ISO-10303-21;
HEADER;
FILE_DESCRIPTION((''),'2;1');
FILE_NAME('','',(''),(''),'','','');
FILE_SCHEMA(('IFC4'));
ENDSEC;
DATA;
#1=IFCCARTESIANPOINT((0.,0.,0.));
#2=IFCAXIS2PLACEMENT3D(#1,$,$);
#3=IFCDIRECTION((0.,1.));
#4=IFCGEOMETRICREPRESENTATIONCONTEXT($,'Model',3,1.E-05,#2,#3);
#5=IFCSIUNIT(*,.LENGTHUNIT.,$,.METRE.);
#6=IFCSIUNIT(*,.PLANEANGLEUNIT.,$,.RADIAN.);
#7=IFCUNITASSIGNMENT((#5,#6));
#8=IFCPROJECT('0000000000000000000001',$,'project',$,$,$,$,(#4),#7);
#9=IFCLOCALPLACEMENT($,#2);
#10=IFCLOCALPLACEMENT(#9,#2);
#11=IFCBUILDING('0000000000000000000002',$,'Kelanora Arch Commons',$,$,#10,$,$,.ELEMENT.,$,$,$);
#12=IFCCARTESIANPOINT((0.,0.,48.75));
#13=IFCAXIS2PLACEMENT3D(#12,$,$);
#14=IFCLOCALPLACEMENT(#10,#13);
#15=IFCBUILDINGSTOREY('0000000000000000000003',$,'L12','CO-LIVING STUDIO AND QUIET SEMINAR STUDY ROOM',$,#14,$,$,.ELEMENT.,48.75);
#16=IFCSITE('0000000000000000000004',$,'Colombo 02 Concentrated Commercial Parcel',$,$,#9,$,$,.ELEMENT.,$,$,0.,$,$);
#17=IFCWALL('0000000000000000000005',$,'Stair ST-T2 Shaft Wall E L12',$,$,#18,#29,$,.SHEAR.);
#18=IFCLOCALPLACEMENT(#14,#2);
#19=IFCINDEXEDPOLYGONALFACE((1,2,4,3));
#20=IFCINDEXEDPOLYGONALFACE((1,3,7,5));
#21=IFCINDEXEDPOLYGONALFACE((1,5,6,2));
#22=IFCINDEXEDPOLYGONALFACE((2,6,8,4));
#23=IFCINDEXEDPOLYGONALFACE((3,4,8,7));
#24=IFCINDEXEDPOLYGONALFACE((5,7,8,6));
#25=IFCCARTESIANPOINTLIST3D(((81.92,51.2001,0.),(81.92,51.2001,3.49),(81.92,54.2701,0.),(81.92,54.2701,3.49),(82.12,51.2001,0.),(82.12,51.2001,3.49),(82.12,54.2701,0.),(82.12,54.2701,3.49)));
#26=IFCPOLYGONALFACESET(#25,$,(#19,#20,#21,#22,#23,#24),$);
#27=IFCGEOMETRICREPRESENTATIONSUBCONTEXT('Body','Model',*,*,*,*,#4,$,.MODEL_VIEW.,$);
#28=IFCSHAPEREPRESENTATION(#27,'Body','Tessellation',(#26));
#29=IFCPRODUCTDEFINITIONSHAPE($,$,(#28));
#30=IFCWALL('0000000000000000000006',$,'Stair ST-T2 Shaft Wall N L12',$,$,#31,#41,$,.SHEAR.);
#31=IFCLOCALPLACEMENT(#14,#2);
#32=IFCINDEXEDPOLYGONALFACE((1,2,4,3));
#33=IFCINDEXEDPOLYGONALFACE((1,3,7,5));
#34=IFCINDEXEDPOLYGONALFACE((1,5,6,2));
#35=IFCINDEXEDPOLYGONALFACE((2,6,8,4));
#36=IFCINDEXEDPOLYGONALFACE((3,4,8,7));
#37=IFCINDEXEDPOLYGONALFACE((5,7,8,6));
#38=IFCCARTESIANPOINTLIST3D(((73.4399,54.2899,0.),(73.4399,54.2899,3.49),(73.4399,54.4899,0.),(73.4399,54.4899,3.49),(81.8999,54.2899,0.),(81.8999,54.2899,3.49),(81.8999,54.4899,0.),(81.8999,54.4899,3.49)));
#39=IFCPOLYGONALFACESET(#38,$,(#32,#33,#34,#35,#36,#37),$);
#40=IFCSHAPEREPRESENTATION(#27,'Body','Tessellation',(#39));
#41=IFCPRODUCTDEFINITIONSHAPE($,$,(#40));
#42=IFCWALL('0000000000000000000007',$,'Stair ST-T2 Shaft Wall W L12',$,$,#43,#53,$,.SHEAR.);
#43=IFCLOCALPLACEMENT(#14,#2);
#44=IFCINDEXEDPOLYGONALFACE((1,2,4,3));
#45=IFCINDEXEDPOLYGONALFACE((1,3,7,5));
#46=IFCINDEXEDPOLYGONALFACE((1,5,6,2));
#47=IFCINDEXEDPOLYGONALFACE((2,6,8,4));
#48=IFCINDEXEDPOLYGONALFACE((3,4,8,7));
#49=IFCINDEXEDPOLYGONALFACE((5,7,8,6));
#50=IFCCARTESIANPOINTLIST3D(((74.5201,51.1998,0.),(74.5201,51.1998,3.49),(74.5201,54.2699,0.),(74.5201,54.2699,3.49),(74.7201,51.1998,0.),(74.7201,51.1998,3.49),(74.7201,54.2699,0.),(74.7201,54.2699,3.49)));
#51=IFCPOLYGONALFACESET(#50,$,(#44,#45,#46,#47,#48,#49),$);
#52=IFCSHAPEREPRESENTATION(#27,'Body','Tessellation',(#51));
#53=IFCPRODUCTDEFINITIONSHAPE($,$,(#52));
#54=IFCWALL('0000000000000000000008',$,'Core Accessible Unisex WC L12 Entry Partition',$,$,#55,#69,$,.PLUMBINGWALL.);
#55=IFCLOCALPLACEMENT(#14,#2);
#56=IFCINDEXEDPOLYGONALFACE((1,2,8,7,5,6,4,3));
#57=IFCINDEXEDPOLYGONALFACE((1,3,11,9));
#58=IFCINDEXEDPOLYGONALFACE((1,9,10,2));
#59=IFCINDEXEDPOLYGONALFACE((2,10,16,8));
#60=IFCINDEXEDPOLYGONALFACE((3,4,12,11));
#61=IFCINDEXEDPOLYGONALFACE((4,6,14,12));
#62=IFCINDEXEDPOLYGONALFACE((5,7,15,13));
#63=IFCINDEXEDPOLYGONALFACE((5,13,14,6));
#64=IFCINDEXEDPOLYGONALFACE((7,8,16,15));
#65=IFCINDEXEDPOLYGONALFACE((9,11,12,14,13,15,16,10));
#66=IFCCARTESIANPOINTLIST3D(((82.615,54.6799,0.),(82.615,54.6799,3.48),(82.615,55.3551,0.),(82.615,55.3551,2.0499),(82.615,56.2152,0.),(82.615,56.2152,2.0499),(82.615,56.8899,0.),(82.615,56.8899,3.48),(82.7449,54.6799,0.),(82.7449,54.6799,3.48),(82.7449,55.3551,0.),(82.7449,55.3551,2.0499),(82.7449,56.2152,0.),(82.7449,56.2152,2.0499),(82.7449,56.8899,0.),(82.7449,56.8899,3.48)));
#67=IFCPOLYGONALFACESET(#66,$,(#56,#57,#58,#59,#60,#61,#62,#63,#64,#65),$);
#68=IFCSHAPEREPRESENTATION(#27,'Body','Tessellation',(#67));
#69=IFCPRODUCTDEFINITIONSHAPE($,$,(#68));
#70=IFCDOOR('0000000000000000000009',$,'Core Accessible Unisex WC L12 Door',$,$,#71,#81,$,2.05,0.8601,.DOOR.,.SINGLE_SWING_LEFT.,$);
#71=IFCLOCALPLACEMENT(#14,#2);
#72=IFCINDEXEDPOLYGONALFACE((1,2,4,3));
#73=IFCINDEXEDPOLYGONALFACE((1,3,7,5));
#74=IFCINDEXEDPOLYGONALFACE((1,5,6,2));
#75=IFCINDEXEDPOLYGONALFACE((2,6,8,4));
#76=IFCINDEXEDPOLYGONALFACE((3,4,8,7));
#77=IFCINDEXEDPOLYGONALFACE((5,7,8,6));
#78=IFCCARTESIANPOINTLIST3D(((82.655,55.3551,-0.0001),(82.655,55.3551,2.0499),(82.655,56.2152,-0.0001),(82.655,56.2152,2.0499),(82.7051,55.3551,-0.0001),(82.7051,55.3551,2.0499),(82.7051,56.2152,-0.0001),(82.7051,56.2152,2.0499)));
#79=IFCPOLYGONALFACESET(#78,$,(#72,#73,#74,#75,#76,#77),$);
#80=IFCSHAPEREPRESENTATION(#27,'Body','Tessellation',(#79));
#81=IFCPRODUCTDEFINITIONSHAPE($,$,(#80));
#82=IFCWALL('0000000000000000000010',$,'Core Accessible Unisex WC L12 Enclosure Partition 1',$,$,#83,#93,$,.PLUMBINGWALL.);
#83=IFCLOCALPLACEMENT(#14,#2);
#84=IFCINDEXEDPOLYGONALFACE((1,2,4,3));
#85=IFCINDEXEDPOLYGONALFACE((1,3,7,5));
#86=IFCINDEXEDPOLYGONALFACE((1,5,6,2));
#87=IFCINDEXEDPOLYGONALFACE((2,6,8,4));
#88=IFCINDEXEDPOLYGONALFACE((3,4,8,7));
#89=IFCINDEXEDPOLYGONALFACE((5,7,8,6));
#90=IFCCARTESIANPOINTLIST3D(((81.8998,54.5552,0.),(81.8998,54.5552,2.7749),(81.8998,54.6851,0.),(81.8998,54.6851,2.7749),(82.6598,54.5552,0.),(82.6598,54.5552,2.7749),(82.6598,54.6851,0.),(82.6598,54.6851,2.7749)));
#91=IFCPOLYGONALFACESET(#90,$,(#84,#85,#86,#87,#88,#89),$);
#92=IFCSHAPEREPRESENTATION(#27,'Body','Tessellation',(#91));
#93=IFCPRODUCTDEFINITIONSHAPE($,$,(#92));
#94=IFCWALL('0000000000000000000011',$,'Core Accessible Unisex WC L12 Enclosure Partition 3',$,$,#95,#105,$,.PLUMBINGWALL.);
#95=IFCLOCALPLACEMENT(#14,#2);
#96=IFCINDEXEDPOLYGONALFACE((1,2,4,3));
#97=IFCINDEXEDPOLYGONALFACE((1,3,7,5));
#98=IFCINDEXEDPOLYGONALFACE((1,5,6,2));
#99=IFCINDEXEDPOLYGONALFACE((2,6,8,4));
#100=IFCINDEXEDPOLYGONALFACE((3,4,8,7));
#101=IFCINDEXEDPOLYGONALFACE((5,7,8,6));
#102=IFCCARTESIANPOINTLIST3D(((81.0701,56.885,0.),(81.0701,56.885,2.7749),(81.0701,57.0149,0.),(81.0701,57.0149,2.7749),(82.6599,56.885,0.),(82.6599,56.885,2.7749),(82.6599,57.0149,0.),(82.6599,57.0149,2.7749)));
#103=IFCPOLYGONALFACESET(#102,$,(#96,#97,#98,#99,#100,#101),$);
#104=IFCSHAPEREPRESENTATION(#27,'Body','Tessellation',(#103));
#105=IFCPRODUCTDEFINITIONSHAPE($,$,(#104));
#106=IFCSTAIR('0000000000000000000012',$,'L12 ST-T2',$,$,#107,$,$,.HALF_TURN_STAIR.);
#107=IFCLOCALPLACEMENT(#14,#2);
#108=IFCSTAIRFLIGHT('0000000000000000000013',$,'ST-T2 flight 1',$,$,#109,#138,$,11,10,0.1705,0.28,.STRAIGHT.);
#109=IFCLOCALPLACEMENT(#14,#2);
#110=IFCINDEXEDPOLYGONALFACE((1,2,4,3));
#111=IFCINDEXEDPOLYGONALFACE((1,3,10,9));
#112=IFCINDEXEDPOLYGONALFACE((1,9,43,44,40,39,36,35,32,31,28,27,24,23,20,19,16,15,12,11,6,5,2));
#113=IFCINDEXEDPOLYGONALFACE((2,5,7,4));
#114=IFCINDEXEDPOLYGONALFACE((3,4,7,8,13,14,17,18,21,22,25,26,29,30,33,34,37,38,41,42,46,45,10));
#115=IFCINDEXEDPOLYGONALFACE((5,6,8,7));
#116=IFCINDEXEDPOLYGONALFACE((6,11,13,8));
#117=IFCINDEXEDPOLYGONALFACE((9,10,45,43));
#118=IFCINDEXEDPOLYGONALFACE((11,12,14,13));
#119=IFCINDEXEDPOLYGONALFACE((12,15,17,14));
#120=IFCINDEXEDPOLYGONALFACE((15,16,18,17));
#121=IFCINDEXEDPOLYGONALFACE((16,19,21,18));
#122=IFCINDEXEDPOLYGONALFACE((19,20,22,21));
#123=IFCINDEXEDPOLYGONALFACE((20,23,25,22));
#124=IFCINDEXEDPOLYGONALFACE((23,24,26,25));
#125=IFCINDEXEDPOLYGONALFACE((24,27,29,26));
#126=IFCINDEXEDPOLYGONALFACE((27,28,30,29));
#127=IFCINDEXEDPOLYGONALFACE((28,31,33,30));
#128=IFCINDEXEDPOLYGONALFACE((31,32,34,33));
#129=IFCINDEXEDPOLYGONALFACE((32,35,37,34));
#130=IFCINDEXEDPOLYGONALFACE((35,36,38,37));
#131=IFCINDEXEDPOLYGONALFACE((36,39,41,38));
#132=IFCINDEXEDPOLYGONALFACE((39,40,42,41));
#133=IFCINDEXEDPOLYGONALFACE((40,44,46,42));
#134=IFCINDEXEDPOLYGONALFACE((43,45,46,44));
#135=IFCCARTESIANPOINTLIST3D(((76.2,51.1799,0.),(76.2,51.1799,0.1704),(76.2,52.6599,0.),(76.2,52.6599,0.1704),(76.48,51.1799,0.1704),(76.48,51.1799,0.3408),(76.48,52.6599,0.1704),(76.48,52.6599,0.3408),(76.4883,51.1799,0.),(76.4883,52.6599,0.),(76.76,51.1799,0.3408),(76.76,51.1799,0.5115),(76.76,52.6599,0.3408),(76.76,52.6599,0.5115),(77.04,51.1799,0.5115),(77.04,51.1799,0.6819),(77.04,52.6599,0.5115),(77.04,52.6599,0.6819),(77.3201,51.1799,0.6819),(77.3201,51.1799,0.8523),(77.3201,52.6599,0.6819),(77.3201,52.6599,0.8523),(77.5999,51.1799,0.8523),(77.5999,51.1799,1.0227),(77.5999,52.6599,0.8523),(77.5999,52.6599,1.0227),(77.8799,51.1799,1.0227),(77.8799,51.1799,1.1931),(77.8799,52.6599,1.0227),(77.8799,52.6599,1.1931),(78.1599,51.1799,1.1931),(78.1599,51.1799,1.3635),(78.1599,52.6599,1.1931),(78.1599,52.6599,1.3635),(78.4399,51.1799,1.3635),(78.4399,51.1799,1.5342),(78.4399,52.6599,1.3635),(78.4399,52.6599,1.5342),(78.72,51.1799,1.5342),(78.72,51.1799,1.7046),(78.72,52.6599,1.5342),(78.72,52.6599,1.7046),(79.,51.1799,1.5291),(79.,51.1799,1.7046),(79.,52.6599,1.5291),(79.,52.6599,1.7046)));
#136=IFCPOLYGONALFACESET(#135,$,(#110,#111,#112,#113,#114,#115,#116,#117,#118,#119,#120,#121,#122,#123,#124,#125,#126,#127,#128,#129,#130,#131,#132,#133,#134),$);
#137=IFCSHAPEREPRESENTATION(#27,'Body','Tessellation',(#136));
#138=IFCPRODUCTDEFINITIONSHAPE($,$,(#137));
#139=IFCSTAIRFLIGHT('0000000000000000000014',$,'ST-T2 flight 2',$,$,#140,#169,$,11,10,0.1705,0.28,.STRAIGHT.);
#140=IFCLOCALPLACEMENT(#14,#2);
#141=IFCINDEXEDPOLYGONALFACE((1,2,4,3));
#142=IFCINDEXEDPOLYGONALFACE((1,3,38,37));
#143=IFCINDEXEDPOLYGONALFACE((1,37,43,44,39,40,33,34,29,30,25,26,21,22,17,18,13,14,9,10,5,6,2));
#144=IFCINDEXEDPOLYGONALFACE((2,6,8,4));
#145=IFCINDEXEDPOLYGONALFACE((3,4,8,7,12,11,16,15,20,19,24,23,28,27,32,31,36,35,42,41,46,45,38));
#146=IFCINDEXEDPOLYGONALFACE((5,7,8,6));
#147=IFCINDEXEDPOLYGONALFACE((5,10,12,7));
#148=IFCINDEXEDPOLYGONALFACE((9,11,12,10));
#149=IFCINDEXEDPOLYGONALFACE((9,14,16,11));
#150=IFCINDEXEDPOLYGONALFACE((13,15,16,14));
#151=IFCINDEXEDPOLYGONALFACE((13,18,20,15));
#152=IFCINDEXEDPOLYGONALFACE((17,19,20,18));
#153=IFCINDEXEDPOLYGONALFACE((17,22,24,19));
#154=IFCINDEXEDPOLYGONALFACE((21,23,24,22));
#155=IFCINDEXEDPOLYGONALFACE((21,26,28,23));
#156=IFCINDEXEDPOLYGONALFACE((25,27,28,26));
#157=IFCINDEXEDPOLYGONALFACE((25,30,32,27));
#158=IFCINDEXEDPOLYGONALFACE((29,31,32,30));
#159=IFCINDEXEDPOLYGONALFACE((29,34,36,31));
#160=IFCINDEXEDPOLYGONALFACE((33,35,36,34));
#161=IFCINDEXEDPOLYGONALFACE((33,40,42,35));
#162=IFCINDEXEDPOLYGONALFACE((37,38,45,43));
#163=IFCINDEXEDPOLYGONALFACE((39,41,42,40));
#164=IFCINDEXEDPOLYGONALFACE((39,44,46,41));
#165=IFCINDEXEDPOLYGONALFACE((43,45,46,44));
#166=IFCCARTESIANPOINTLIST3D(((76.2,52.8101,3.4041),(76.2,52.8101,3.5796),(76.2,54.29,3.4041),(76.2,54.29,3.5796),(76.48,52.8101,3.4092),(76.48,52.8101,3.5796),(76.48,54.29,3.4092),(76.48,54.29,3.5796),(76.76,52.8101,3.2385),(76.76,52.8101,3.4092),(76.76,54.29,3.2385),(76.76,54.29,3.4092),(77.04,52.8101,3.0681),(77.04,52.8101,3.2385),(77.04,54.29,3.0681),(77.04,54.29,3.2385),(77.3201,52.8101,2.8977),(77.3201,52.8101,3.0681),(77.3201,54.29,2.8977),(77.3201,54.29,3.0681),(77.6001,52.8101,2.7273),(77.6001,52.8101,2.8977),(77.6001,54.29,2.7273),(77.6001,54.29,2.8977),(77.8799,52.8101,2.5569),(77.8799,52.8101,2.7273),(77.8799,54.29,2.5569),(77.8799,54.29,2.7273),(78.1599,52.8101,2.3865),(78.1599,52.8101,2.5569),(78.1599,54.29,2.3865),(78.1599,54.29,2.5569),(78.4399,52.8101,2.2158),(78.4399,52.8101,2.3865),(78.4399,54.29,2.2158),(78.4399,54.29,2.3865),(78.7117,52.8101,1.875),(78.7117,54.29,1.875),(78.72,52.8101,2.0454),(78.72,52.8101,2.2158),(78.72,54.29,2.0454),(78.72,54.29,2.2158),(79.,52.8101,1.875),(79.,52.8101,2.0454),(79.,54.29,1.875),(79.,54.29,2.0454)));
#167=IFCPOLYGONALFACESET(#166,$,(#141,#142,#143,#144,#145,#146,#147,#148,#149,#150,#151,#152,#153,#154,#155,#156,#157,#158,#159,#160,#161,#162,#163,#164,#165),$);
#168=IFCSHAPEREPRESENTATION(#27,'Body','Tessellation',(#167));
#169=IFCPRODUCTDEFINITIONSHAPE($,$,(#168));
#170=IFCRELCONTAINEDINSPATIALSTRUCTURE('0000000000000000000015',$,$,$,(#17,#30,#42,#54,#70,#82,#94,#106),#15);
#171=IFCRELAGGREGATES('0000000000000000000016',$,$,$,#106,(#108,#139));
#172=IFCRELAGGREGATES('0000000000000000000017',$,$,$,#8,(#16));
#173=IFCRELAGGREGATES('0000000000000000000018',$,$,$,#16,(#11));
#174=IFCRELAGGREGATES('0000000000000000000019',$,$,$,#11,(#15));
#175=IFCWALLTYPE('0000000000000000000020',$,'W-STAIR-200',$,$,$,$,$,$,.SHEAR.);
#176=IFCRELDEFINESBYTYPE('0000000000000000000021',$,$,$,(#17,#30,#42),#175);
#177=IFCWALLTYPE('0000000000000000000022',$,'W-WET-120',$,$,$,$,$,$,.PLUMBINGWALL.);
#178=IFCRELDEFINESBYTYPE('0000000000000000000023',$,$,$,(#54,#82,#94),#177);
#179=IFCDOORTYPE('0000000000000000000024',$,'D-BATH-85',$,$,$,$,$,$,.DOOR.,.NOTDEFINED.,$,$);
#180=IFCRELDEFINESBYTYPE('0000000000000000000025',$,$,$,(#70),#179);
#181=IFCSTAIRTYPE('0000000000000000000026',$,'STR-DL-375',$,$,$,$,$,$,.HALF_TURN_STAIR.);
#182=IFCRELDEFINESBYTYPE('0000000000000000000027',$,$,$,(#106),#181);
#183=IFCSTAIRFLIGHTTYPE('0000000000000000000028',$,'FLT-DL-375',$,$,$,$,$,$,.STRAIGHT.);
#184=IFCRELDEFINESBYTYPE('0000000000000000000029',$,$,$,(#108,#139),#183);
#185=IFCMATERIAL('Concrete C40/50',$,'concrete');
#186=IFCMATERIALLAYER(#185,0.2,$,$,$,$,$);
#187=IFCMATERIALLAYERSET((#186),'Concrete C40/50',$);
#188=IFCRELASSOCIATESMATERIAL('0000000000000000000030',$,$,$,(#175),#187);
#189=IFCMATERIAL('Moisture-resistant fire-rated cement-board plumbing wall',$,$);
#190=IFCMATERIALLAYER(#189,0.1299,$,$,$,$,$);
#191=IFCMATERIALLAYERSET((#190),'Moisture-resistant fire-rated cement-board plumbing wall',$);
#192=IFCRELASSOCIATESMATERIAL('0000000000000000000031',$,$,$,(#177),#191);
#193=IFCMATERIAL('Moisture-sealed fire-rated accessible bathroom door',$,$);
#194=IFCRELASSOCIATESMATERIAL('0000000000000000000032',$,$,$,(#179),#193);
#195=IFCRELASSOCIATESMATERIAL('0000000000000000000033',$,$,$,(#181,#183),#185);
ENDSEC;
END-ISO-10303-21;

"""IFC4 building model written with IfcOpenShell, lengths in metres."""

from ifc_helpers import new_model, si_unit, direction, frame, frame_2d, origin, place, context, subcontext, project, spatial, polyline, rectangle, outline, extrude, material, layer, layer_set, type_object, element, fill, aggregate, save


model = new_model("IFC4")

# Units and contexts
model_context = context("Model", 3, precision=1e-05, world=origin(), true_north=direction((0.0, 1.0)))
body_context = subcontext(model_context, "Body", "Model", "MODEL_VIEW")
ifc_project = project(units=[si_unit("LENGTHUNIT", "METRE"), si_unit("PLANEANGLEUNIT", "RADIAN")], contexts=[model_context])

# Site, building, storey
site_placement = place(None, origin())
site = spatial("IfcSite", under=ifc_project, at=site_placement, Name="Colombo 02 Concentrated Commercial Parcel", CompositionType="ELEMENT", RefElevation=0.0)
building_placement = place(site_placement, origin())
building = spatial("IfcBuilding", under=site, at=building_placement, Name="Kelanora Arch Commons", CompositionType="ELEMENT")
storey_placement = place(building_placement, frame((0.0, 0.0, 48.75)))
storey = spatial("IfcBuildingStorey", under=building, at=storey_placement, Name="L12", Description="CO-LIVING STUDIO AND QUIET SEMINAR STUDY ROOM", CompositionType="ELEMENT", Elevation=48.75)

# Shared definitions
ifc_material_1 = material(Name="Concrete C40/50", Category="concrete")
ifc_layer_1 = layer(ifc_material_1, 0.2)
ifc_layer_set_1 = layer_set([ifc_layer_1], Name="Concrete C40/50")
wall_type_1 = type_object("IfcWallType", Name="W-STAIR-200", PredefinedType="SHEAR", material=ifc_layer_set_1)

# Walls
wall_1_placement = place(storey_placement, frame((82.02, 51.2, 0.0), z_axis=(0.0, 0.0, 1.0), x_axis=(0.0, 1.0, 0.0)))
element("IfcWall", 1, at=wall_1_placement, inside=storey, type_object=wall_type_1, Name="Stair ST-T2 Shaft Wall E L12", PredefinedType="SHEAR", context=body_context, shape_type="SweptSolid", body=[
    extrude(rectangle(XDim=3.0701, YDim=0.2, at=frame_2d((1.5352, 0.0))), origin(), (0.0, 0.0, 1.0), 3.49),
])
wall_2_placement = place(storey_placement, frame((81.8999, 54.3899, 0.0), z_axis=(0.0, 0.0, 1.0), x_axis=(-1.0, 0.0, 0.0)))
element("IfcWall", 2, at=wall_2_placement, inside=storey, type_object=wall_type_1, Name="Stair ST-T2 Shaft Wall N L12", PredefinedType="SHEAR", context=body_context, shape_type="SweptSolid", body=[
    extrude(rectangle(XDim=8.46, YDim=0.2, at=frame_2d((4.23, 0.0))), origin(), (0.0, 0.0, 1.0), 3.49),
])
wall_3_placement = place(storey_placement, frame((74.6201, 54.27, 0.0), z_axis=(0.0, 0.0, 1.0), x_axis=(0.0, -1.0, 0.0)))
element("IfcWall", 3, at=wall_3_placement, inside=storey, type_object=wall_type_1, Name="Stair ST-T2 Shaft Wall W L12", PredefinedType="SHEAR", context=body_context, shape_type="SweptSolid", body=[
    extrude(rectangle(XDim=3.0701, YDim=0.2, at=frame_2d((1.5352, 0.0))), origin(), (0.0, 0.0, 1.0), 3.49),
])

# Wall, opening, door
ifc_material_2 = material(Name="Moisture-resistant fire-rated cement-board plumbing wall")
ifc_layer_2 = layer(ifc_material_2, 0.1299)
ifc_layer_set_2 = layer_set([ifc_layer_2], Name="Moisture-resistant fire-rated cement-board plumbing wall")
wall_type_2 = type_object("IfcWallType", Name="W-WET-120", PredefinedType="PLUMBINGWALL", material=ifc_layer_set_2)
wall_4_placement = place(storey_placement, frame((82.6799, 54.6799, 0.0), z_axis=(0.0, 0.0, 1.0), x_axis=(0.0, 1.0, 0.0)))
wall_4 = element("IfcWall", 4, at=wall_4_placement, inside=storey, type_object=wall_type_2, Name="Core Accessible Unisex WC L12 Entry Partition", PredefinedType="PLUMBINGWALL", context=body_context, shape_type="SweptSolid", body=[
    extrude(rectangle(XDim=2.21, YDim=0.1299, at=frame_2d((1.105, 0.0))), origin(), (0.0, 0.0, 1.0), 3.48),
])
opening_1_placement = place(wall_4_placement, frame((0.675, 0.0, 0.0)))
opening_1 = element("IfcOpeningElement", 5, at=opening_1_placement, cuts=wall_4, PredefinedType="OPENING", context=body_context, shape_type="SweptSolid", body=[
    extrude(rectangle(XDim=0.8601, YDim=2.05, at=frame_2d((0.4302, 1.0249))), frame((0.0, 0.075, 0.0), z_axis=(0.0, -1.0, 0.0), x_axis=(1.0, 0.0, 0.0)), (0.0, 0.0, 1.0), 0.1499),
])
ifc_material_3 = material(Name="Moisture-sealed fire-rated accessible bathroom door")
door_type_1 = type_object("IfcDoorType", Name="D-BATH-85", OperationType="NOTDEFINED", PredefinedType="DOOR", material=ifc_material_3)
door_1_placement = place(opening_1_placement, origin())
door_1 = element("IfcDoor", 6, at=door_1_placement, inside=storey, type_object=door_type_1, Name="Core Accessible Unisex WC L12 Door", OperationType="SINGLE_SWING_LEFT", OverallHeight=2.05, OverallWidth=0.8601, PredefinedType="DOOR", context=body_context, shape_type="SweptSolid", body=[
    extrude(rectangle(XDim=0.8601, YDim=2.05, at=frame_2d((0.4302, 1.0249))), frame((0.0, 0.0249, 0.0), z_axis=(0.0, -1.0, 0.0), x_axis=(1.0, 0.0, 0.0)), (0.0, 0.0, 1.0), 0.05),
])
fill(opening_1, door_1)

# Walls
wall_5_placement = place(storey_placement, frame((81.8999, 54.6201, 0.0), z_axis=(0.0, 0.0, 1.0), x_axis=(1.0, 0.0, 0.0)))
element("IfcWall", 7, at=wall_5_placement, inside=storey, type_object=wall_type_2, Name="Core Accessible Unisex WC L12 Enclosure Partition 1", PredefinedType="PLUMBINGWALL", context=body_context, shape_type="SweptSolid", body=[
    extrude(rectangle(XDim=0.76, YDim=0.1299, at=frame_2d((0.3799, 0.0))), origin(), (0.0, 0.0, 1.0), 2.7749),
])
wall_6_placement = place(storey_placement, frame((82.6599, 56.95, 0.0), z_axis=(0.0, 0.0, 1.0), x_axis=(-1.0, 0.0, 0.0)))
element("IfcWall", 8, at=wall_6_placement, inside=storey, type_object=wall_type_2, Name="Core Accessible Unisex WC L12 Enclosure Partition 3", PredefinedType="PLUMBINGWALL", context=body_context, shape_type="SweptSolid", body=[
    extrude(rectangle(XDim=1.5898, YDim=0.1299, at=frame_2d((0.7949, 0.0))), origin(), (0.0, 0.0, 1.0), 2.7749),
])

# Stair, stair flights
stair_type = type_object("IfcStairType", Name="STR-DL-375", PredefinedType="HALF_TURN_STAIR", material=ifc_material_1)
stair_placement = place(storey_placement, origin())
stair = element("IfcStair", 9, at=stair_placement, inside=storey, type_object=stair_type, Name="L12 ST-T2", PredefinedType="HALF_TURN_STAIR")
stair_flight_type = type_object("IfcStairFlightType", Name="FLT-DL-375", PredefinedType="STRAIGHT", material=ifc_material_1)
stair_flight_1_placement = place(storey_placement, frame((76.2, 51.9199, 0.0), z_axis=(0.0, 0.0, 1.0), x_axis=(1.0, 0.0, 0.0)))
stair_flight_1 = element("IfcStairFlight", 10, at=stair_flight_1_placement, type_object=stair_flight_type, Name="ST-T2 flight 1", NumberOfRisers=11, NumberOfTreads=10, PredefinedType="STRAIGHT", RiserHeight=0.1705, TreadLength=0.28, context=body_context, shape_type="SweptSolid", body=[
    extrude(outline(polyline([(0.0, 0.0), (0.0, 0.1704), (0.28, 0.1704), (0.28, 0.3408), (0.5601, 0.3408), (0.5601, 0.5115), (0.8401, 0.5115), (0.8401, 0.6819), (1.1201, 0.6819), (1.1201, 0.8523), (1.3999, 0.8523), (1.3999, 1.0227), (1.6799, 1.0227), (1.6799, 1.1931), (1.96, 1.1931), (1.96, 1.3635), (2.24, 1.3635), (2.24, 1.5342), (2.52, 1.5342), (2.52, 1.7046), (2.8, 1.7046), (2.8, 1.875), (2.8, 1.5291), (0.2883, 0.0), (0.0, 0.0)])), frame((0.0, 0.74, 0.0), z_axis=(0.0, -1.0, 0.0), x_axis=(1.0, 0.0, 0.0)), (0.0, 0.0, 1.0), 1.48),
])
stair_flight_2_placement = place(storey_placement, frame((79.0, 53.55, 1.875), z_axis=(0.0, 0.0, 1.0), x_axis=(-1.0, 0.0, 0.0)))
stair_flight_2 = element("IfcStairFlight", 11, at=stair_flight_2_placement, type_object=stair_flight_type, Name="ST-T2 flight 2", NumberOfRisers=11, NumberOfTreads=10, PredefinedType="STRAIGHT", RiserHeight=0.1705, TreadLength=0.28, context=body_context, shape_type="SweptSolid", body=[
    extrude(outline(polyline([(0.0, 0.0), (0.0, 0.1704), (0.28, 0.1704), (0.28, 0.3408), (0.5601, 0.3408), (0.5601, 0.5115), (0.8401, 0.5115), (0.8401, 0.6819), (1.1201, 0.6819), (1.1201, 0.8523), (1.3999, 0.8523), (1.3999, 1.0227), (1.6799, 1.0227), (1.6799, 1.1931), (1.96, 1.1931), (1.96, 1.3635), (2.24, 1.3635), (2.24, 1.5342), (2.52, 1.5342), (2.52, 1.7046), (2.8, 1.7046), (2.8, 1.875), (2.8, 1.5291), (0.2883, 0.0), (0.0, 0.0)])), frame((0.0, 0.74, 0.0), z_axis=(0.0, -1.0, 0.0), x_axis=(1.0, 0.0, 0.0)), (0.0, 0.0, 1.0), 1.48),
])
aggregate(stair, [stair_flight_1, stair_flight_2])

save(model, "model.ifc")
